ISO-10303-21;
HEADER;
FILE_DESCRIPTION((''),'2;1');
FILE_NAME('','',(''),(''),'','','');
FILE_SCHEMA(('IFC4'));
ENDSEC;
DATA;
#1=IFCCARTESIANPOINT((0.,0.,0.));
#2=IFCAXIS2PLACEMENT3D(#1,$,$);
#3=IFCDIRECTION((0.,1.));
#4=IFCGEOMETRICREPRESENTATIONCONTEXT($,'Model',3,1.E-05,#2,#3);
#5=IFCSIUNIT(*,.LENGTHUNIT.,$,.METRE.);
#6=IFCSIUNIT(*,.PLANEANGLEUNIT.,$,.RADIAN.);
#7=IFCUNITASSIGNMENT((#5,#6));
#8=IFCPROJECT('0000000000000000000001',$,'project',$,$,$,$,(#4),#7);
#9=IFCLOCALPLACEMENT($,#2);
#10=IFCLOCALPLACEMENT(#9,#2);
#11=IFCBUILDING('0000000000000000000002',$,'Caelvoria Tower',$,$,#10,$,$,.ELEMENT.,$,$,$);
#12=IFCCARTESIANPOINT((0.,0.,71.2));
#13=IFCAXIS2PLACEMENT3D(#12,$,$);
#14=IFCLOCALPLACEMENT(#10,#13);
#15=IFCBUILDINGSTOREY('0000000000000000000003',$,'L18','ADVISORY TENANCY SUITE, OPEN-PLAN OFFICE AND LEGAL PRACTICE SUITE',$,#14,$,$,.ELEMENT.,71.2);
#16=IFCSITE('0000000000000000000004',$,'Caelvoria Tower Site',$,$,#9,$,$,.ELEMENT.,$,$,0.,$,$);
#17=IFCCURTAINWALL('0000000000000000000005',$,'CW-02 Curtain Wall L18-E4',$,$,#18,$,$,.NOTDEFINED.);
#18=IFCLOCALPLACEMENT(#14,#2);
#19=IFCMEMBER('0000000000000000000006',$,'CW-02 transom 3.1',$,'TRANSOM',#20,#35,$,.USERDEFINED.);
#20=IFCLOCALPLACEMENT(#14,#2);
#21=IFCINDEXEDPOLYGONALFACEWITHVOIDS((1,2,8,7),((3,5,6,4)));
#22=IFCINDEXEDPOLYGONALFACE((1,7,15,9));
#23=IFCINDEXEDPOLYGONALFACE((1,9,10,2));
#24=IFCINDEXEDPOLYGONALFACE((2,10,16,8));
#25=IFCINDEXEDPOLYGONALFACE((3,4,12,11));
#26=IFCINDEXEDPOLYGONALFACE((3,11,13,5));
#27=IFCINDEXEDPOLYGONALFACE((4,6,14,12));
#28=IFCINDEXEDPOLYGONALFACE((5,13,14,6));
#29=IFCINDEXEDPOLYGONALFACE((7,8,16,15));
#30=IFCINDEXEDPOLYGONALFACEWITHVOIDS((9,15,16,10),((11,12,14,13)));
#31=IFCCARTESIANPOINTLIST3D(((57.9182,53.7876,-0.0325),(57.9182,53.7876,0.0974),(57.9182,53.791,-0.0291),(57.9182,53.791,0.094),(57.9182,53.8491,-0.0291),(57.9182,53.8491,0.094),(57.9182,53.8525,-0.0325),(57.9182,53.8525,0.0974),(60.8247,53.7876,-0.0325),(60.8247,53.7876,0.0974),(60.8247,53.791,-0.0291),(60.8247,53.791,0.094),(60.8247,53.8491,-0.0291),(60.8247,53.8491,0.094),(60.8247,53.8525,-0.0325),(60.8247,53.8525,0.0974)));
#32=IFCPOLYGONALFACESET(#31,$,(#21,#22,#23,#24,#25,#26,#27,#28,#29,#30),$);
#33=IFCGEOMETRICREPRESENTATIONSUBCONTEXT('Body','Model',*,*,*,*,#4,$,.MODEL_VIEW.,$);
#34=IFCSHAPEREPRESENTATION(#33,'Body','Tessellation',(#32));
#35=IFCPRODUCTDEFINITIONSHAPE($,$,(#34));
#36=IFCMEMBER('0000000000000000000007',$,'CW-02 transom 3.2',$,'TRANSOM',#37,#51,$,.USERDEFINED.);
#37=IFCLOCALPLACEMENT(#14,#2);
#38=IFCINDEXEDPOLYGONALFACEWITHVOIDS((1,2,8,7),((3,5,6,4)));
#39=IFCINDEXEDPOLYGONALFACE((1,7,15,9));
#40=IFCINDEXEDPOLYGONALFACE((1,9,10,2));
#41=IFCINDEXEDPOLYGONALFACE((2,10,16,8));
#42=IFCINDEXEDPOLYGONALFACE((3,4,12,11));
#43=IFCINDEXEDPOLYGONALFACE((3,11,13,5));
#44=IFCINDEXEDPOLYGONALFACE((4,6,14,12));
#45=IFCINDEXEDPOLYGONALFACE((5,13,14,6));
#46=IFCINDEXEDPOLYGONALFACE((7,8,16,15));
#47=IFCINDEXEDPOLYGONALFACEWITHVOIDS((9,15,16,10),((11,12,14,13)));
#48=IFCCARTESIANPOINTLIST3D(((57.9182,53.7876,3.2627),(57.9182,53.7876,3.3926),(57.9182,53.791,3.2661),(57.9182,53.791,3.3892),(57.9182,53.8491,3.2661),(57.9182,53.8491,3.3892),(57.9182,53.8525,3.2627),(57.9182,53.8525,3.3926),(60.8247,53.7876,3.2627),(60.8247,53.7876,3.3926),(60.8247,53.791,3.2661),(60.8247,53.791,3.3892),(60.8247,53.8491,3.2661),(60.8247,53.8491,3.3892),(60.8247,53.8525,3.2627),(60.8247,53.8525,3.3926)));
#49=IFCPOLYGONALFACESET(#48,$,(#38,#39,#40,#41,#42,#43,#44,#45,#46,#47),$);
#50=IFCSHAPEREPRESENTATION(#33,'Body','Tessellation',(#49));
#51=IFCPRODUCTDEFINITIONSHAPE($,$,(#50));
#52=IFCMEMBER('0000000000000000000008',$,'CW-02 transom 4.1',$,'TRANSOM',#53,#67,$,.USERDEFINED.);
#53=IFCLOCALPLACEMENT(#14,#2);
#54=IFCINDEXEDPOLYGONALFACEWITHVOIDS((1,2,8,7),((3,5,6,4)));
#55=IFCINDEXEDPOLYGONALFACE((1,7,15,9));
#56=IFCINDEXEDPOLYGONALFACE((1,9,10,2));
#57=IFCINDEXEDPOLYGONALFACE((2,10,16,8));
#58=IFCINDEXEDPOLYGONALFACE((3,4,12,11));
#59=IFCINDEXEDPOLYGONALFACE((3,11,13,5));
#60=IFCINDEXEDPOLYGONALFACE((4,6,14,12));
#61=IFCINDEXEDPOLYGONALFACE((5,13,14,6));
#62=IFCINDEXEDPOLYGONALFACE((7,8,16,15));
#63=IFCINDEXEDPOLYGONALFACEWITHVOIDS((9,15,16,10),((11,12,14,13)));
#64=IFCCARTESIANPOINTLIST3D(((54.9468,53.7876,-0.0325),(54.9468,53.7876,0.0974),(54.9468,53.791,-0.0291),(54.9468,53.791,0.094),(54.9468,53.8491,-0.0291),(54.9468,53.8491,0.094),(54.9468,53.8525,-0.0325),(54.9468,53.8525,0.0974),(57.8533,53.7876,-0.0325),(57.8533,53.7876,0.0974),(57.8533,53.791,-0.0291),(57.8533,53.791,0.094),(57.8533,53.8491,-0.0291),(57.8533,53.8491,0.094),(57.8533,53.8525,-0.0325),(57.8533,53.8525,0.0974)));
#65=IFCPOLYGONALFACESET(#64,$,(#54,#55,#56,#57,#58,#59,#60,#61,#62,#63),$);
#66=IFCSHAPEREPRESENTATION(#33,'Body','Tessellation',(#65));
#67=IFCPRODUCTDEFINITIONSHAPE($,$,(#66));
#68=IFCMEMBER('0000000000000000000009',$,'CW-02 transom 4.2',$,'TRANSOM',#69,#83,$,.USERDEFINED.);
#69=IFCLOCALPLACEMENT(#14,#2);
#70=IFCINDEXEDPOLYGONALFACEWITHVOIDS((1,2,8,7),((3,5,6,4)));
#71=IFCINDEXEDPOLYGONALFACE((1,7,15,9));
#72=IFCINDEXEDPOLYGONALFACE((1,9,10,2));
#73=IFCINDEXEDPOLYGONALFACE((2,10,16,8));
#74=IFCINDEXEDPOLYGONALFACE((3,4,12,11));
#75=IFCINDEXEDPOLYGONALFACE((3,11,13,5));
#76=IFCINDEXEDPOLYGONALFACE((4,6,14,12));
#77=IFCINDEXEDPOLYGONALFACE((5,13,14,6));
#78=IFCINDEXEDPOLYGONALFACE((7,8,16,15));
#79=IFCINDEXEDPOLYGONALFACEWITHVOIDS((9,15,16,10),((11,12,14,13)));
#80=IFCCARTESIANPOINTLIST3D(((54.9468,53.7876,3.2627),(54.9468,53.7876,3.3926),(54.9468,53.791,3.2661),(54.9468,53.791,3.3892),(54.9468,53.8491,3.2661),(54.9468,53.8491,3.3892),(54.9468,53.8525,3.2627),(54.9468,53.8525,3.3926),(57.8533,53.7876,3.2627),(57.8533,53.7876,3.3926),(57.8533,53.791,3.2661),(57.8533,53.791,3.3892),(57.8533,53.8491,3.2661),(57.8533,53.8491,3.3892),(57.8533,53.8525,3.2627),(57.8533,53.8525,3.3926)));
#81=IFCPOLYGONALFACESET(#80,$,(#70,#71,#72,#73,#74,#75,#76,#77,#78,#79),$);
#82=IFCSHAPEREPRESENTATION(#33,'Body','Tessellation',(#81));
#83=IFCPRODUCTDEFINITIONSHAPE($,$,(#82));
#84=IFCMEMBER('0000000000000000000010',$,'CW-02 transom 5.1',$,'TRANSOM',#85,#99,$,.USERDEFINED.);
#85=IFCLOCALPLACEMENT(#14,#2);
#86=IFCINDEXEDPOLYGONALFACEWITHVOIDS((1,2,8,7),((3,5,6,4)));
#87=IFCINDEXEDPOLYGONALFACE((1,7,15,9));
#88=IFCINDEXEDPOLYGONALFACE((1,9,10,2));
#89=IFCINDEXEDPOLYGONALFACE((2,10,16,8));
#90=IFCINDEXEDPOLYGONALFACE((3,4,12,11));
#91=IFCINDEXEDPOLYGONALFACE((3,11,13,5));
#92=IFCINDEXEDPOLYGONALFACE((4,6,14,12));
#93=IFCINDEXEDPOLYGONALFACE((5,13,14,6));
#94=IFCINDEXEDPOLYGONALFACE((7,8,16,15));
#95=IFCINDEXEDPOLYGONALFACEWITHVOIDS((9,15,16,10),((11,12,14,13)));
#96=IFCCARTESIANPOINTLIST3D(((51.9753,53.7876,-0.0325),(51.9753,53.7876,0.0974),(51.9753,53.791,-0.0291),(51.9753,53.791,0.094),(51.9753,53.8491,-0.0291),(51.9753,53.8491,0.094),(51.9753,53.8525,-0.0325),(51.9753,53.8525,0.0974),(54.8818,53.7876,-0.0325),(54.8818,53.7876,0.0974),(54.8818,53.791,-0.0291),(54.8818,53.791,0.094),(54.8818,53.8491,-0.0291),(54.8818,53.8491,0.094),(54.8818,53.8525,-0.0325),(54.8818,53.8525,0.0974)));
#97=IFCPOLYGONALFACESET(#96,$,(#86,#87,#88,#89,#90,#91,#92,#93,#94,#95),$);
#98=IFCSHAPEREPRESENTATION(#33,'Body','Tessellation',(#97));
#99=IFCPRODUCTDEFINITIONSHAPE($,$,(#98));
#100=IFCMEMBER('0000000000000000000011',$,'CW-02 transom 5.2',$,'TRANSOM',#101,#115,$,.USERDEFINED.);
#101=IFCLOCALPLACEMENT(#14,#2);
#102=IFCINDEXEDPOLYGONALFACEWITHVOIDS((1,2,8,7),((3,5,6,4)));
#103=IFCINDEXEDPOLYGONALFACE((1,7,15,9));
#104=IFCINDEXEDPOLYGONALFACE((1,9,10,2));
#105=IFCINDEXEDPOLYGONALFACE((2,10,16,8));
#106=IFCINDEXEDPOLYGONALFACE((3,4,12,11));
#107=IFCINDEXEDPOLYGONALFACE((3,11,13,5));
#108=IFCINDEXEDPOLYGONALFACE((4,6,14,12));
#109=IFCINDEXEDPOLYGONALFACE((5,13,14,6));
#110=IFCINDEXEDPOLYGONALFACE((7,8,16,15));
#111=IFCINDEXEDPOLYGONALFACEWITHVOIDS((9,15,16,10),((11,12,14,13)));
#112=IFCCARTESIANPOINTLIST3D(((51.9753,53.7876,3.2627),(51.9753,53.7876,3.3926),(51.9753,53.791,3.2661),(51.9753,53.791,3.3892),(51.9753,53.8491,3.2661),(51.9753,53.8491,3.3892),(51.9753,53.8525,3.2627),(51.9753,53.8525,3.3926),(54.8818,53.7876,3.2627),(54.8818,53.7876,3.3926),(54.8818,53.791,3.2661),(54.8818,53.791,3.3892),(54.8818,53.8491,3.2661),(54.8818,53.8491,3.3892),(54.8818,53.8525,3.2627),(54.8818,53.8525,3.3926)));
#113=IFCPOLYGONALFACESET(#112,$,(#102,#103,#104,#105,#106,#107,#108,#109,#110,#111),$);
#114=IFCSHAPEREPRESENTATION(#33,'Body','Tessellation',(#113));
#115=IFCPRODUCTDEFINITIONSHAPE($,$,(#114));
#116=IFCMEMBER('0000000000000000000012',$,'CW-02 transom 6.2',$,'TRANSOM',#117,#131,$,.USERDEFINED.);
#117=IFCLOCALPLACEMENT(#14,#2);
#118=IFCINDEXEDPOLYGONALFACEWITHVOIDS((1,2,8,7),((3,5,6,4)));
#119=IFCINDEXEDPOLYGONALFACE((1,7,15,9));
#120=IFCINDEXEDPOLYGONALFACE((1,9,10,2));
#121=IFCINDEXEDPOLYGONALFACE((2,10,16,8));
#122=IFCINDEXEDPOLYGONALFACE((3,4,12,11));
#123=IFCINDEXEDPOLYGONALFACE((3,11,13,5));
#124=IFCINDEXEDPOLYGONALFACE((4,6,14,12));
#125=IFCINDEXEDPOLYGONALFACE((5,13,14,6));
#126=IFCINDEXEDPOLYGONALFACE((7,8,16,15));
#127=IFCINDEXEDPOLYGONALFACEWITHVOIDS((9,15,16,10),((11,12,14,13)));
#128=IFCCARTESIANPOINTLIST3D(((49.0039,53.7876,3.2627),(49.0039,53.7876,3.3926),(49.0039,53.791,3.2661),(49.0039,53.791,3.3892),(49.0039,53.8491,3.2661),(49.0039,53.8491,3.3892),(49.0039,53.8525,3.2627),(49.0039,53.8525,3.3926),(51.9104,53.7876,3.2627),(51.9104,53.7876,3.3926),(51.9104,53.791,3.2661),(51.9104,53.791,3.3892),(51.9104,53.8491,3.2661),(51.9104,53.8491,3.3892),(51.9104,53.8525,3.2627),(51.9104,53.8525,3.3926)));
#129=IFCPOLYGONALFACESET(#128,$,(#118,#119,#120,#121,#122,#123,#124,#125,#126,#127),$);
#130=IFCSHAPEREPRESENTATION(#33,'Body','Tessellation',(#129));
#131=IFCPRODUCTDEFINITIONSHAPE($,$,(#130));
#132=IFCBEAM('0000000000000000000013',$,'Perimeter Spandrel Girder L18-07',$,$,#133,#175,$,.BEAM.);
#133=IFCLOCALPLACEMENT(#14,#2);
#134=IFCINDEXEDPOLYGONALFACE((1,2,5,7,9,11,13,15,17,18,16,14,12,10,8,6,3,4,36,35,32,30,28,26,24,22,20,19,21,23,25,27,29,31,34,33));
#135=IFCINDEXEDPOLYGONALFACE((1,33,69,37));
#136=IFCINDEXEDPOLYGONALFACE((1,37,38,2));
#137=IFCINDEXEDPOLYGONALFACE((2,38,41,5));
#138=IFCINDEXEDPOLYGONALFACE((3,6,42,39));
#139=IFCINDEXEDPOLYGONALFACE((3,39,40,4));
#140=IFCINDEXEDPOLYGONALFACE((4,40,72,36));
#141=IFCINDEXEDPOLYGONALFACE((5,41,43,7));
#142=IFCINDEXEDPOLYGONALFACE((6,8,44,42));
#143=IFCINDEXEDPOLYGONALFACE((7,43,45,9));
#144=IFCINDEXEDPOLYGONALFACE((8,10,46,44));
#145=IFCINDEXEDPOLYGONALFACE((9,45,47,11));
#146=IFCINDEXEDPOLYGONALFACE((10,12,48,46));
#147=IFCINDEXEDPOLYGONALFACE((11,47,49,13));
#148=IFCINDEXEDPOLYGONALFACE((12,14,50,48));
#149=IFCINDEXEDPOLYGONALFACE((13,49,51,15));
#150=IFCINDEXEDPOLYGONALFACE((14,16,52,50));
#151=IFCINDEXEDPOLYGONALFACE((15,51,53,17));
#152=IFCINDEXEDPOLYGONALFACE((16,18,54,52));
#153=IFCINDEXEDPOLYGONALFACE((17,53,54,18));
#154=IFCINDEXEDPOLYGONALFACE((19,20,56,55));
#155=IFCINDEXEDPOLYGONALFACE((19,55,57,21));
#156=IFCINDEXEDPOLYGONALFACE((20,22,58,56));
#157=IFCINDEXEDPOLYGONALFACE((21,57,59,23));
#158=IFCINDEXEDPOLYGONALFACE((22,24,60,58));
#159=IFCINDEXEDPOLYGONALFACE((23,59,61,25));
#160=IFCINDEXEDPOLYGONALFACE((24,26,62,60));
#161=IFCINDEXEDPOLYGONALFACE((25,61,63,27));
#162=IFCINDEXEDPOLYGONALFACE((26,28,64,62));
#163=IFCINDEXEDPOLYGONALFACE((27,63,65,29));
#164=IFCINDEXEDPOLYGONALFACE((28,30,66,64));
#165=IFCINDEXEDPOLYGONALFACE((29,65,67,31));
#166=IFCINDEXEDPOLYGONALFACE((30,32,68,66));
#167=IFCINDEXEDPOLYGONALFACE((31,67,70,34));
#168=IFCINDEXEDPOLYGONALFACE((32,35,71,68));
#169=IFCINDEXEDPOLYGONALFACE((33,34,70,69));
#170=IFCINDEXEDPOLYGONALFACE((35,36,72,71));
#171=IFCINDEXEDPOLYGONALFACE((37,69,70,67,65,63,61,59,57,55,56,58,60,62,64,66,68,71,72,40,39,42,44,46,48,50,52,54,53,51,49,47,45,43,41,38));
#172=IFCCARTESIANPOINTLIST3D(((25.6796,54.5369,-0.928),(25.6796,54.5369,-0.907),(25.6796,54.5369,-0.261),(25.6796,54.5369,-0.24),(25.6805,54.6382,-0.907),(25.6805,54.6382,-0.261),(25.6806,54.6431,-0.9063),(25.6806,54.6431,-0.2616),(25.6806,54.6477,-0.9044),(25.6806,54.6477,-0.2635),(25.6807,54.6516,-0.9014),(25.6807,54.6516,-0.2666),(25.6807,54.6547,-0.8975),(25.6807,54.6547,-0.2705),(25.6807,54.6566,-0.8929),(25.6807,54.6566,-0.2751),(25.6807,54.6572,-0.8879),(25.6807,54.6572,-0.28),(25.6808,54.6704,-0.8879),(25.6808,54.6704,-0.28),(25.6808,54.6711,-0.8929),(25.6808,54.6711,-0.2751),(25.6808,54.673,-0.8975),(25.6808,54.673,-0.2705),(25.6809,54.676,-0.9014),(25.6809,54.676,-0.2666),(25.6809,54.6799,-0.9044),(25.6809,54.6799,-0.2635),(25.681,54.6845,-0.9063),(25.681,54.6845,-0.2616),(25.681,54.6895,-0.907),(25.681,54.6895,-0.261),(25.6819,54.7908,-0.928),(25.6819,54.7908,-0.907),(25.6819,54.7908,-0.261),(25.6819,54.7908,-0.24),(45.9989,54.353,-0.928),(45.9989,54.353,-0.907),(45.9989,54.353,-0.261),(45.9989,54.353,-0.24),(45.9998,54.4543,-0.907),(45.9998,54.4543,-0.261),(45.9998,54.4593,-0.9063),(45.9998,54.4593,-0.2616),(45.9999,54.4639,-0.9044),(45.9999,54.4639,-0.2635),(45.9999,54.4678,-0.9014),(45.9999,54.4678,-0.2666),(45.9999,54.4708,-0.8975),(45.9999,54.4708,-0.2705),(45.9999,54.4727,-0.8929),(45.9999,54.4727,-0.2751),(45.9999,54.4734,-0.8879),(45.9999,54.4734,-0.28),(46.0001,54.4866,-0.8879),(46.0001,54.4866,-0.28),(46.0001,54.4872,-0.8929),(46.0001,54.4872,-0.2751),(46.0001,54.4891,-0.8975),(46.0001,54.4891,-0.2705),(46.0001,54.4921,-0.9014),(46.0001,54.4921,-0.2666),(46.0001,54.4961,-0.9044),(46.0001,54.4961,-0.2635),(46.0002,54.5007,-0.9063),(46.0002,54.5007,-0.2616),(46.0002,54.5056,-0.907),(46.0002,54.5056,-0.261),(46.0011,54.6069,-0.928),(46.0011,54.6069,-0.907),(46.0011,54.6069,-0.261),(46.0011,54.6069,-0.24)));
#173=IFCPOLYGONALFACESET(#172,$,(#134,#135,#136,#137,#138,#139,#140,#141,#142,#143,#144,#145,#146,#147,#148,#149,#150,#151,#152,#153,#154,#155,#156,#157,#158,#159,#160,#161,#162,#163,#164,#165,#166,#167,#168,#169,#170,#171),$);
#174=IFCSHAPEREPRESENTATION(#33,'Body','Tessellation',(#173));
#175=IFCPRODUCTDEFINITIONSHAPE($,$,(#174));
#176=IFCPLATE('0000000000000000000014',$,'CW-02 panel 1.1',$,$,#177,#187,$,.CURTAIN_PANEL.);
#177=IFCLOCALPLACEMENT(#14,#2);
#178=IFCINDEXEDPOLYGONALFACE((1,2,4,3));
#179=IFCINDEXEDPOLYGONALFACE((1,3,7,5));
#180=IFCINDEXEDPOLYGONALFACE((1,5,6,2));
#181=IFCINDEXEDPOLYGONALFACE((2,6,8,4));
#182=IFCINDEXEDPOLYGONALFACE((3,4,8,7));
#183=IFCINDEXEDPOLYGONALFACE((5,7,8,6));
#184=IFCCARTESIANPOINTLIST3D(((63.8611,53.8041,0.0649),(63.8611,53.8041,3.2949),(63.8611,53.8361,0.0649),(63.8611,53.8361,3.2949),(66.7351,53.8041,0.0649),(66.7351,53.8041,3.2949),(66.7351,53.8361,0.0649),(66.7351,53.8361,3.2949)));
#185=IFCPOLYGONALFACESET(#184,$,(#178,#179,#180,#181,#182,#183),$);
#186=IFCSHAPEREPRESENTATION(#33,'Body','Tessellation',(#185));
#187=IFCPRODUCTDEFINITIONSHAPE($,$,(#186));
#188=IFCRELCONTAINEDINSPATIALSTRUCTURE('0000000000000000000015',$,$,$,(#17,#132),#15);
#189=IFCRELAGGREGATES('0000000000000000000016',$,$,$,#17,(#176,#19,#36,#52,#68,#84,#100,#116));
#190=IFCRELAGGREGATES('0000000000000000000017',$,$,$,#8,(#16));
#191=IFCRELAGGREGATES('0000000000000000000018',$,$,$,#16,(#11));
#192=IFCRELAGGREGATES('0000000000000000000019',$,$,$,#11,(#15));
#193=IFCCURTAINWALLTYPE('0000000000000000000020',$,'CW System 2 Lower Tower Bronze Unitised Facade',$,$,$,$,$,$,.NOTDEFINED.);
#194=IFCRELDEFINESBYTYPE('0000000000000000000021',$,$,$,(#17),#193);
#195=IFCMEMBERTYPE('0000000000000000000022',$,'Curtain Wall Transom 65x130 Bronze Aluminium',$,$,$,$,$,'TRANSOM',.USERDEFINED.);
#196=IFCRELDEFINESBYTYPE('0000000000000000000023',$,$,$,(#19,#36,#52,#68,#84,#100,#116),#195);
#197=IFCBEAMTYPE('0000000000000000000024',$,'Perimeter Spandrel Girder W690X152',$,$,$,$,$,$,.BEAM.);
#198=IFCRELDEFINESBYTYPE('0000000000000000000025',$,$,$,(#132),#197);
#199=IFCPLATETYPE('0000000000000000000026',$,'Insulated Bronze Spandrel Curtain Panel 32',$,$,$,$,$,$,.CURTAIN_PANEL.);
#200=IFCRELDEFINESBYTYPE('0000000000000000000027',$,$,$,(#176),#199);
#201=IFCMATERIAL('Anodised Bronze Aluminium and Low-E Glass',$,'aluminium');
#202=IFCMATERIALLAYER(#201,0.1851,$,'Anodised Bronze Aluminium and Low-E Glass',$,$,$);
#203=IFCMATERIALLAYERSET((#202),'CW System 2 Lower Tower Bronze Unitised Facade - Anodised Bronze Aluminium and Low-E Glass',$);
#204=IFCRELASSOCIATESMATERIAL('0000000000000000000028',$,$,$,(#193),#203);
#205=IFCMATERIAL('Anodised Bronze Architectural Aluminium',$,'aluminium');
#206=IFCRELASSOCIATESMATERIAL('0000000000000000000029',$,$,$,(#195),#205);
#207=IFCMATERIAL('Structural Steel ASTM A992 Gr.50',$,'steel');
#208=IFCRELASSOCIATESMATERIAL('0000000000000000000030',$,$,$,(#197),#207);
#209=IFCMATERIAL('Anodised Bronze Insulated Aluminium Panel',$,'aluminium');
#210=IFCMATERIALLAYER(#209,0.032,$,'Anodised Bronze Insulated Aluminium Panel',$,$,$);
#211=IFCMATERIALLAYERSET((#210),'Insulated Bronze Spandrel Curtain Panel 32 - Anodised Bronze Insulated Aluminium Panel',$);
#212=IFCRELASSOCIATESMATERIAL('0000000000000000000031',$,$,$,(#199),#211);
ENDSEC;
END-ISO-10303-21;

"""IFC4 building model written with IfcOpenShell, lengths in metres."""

from ifc_helpers import new_model, si_unit, direction, frame, origin, origin_2d, place, context, subcontext, project, spatial, rectangle, hollow_rectangle, i_section, extrude, material, layer, layer_set, material_profile, profile_set, type_object, element, aggregate, save


model = new_model("IFC4")

# Units and contexts
model_context = context("Model", 3, precision=1e-05, world=origin(), true_north=direction((0.0, 1.0)))
body_context = subcontext(model_context, "Body", "Model", "MODEL_VIEW")
ifc_project = project(units=[si_unit("LENGTHUNIT", "METRE"), si_unit("PLANEANGLEUNIT", "RADIAN")], contexts=[model_context])

# Site, building, storey
site_placement = place(None, origin())
site = spatial("IfcSite", under=ifc_project, at=site_placement, Name="Caelvoria Tower Site", CompositionType="ELEMENT", RefElevation=0.0)
building_placement = place(site_placement, origin())
building = spatial("IfcBuilding", under=site, at=building_placement, Name="Caelvoria Tower", CompositionType="ELEMENT")
storey_placement = place(building_placement, frame((0.0, 0.0, 71.2)))
storey = spatial("IfcBuildingStorey", under=building, at=storey_placement, Name="L18", Description="ADVISORY TENANCY SUITE, OPEN-PLAN OFFICE AND LEGAL PRACTICE SUITE", CompositionType="ELEMENT", Elevation=71.2)

# Shared definitions
ifc_material_1 = material(Name="Anodised Bronze Aluminium and Low-E Glass", Category="aluminium")
ifc_layer_1 = layer(ifc_material_1, 0.1851, Name="Anodised Bronze Aluminium and Low-E Glass")
ifc_layer_set_1 = layer_set([ifc_layer_1], Name="CW System 2 Lower Tower Bronze Unitised Facade - Anodised Bronze Aluminium and Low-E Glass")
curtain_wall_type = type_object("IfcCurtainWallType", Name="CW System 2 Lower Tower Bronze Unitised Facade", PredefinedType="NOTDEFINED", material=ifc_layer_set_1)
ifc_material_2 = material(Name="Anodised Bronze Architectural Aluminium", Category="aluminium")

# Curtain wall, members
curtain_wall_1_placement = place(storey_placement, origin())
curtain_wall_1 = element("IfcCurtainWall", 1, at=curtain_wall_1_placement, inside=storey, type_object=curtain_wall_type, Name="CW-02 Curtain Wall L18-E4", PredefinedType="NOTDEFINED")
ifc_material_profile_1 = material_profile(ifc_material_2, hollow_rectangle(XDim=0.0649, YDim=0.1299, WallThickness=0.0034, at=origin_2d()), Name="Anodised Bronze Architectural Aluminium")
ifc_profile_set_1 = profile_set([ifc_material_profile_1], Name="CW_TRAN_65X130 - Anodised Bronze Architectural Aluminium")
member_type_1 = type_object("IfcMemberType", Name="Curtain Wall Transom 65x130 Bronze Aluminium", ElementType="TRANSOM", PredefinedType="USERDEFINED", material=ifc_profile_set_1)
member_1_placement = place(storey_placement, frame((60.8247, 53.8201, 0.0325), z_axis=(-1.0, 0.0, 0.0), x_axis=(0.0, -1.0, 0.0)))
member_1 = element("IfcMember", 2, at=member_1_placement, type_object=member_type_1, Name="CW-02 transom 3.1", ObjectType="TRANSOM", PredefinedType="USERDEFINED", context=body_context, shape_type="SweptSolid", body=[
    extrude(hollow_rectangle(XDim=0.0649, YDim=0.1299, WallThickness=0.0034, at=origin_2d()), origin(), (0.0, 0.0, 1.0), 2.9065),
])
member_2_placement = place(storey_placement, frame((60.8247, 53.8201, 3.3276), z_axis=(-1.0, 0.0, 0.0), x_axis=(0.0, -1.0, 0.0)))
member_2 = element("IfcMember", 3, at=member_2_placement, type_object=member_type_1, Name="CW-02 transom 3.2", ObjectType="TRANSOM", PredefinedType="USERDEFINED", context=body_context, shape_type="SweptSolid", body=[
    extrude(hollow_rectangle(XDim=0.0649, YDim=0.1299, WallThickness=0.0034, at=origin_2d()), origin(), (0.0, 0.0, 1.0), 2.9065),
])
member_3_placement = place(storey_placement, frame((57.8533, 53.8201, 0.0325), z_axis=(-1.0, 0.0, 0.0), x_axis=(0.0, -1.0, 0.0)))
member_3 = element("IfcMember", 4, at=member_3_placement, type_object=member_type_1, Name="CW-02 transom 4.1", ObjectType="TRANSOM", PredefinedType="USERDEFINED", context=body_context, shape_type="SweptSolid", body=[
    extrude(hollow_rectangle(XDim=0.0649, YDim=0.1299, WallThickness=0.0034, at=origin_2d()), origin(), (0.0, 0.0, 1.0), 2.9065),
])
member_4_placement = place(storey_placement, frame((57.8533, 53.8201, 3.3276), z_axis=(-1.0, 0.0, 0.0), x_axis=(0.0, -1.0, 0.0)))
member_4 = element("IfcMember", 5, at=member_4_placement, type_object=member_type_1, Name="CW-02 transom 4.2", ObjectType="TRANSOM", PredefinedType="USERDEFINED", context=body_context, shape_type="SweptSolid", body=[
    extrude(hollow_rectangle(XDim=0.0649, YDim=0.1299, WallThickness=0.0034, at=origin_2d()), origin(), (0.0, 0.0, 1.0), 2.9065),
])
member_5_placement = place(storey_placement, frame((54.8818, 53.8201, 0.0325), z_axis=(-1.0, 0.0, 0.0), x_axis=(0.0, -1.0, 0.0)))
member_5 = element("IfcMember", 6, at=member_5_placement, type_object=member_type_1, Name="CW-02 transom 5.1", ObjectType="TRANSOM", PredefinedType="USERDEFINED", context=body_context, shape_type="SweptSolid", body=[
    extrude(hollow_rectangle(XDim=0.0649, YDim=0.1299, WallThickness=0.0034, at=origin_2d()), origin(), (0.0, 0.0, 1.0), 2.9065),
])
member_6_placement = place(storey_placement, frame((54.8818, 53.8201, 3.3276), z_axis=(-1.0, 0.0, 0.0), x_axis=(0.0, -1.0, 0.0)))
member_6 = element("IfcMember", 7, at=member_6_placement, type_object=member_type_1, Name="CW-02 transom 5.2", ObjectType="TRANSOM", PredefinedType="USERDEFINED", context=body_context, shape_type="SweptSolid", body=[
    extrude(hollow_rectangle(XDim=0.0649, YDim=0.1299, WallThickness=0.0034, at=origin_2d()), origin(), (0.0, 0.0, 1.0), 2.9065),
])
member_7_placement = place(storey_placement, frame((51.9104, 53.8201, 3.3276), z_axis=(-1.0, 0.0, 0.0), x_axis=(0.0, -1.0, 0.0)))
member_7 = element("IfcMember", 8, at=member_7_placement, type_object=member_type_1, Name="CW-02 transom 6.2", ObjectType="TRANSOM", PredefinedType="USERDEFINED", context=body_context, shape_type="SweptSolid", body=[
    extrude(hollow_rectangle(XDim=0.0649, YDim=0.1299, WallThickness=0.0034, at=origin_2d()), origin(), (0.0, 0.0, 1.0), 2.9065),
])

# Beam
ifc_material_3 = material(Name="Structural Steel ASTM A992 Gr.50", Category="steel")
ifc_material_profile_2 = material_profile(ifc_material_3, i_section(OverallWidth=0.2539, OverallDepth=0.688, WebThickness=0.0132, FlangeThickness=0.021, FilletRadius=0.019, at=origin_2d()), Name="Structural Steel ASTM A992 Gr.50")
ifc_profile_set_2 = profile_set([ifc_material_profile_2], Name="W690X152 - Structural Steel ASTM A992 Gr.50")
beam_type = type_object("IfcBeamType", Name="Perimeter Spandrel Girder W690X152", PredefinedType="BEAM", material=ifc_profile_set_2)
beam_placement = place(storey_placement, frame((46.0, 54.48, -0.584), z_axis=(-0.999959, 0.009047, 0.0), x_axis=(-0.009047, -0.999959, 0.0)))
element("IfcBeam", 9, at=beam_placement, inside=storey, type_object=beam_type, Name="Perimeter Spandrel Girder L18-07", PredefinedType="BEAM", context=body_context, shape_type="SweptSolid", body=[
    extrude(i_section(OverallWidth=0.2539, OverallDepth=0.688, WebThickness=0.0132, FlangeThickness=0.021, FilletRadius=0.019, at=origin_2d()), origin(), (0.0, 0.0, 1.0), 20.3201),
])

# Plate
ifc_material_4 = material(Name="Anodised Bronze Insulated Aluminium Panel", Category="aluminium")
ifc_layer_2 = layer(ifc_material_4, 0.032, Name="Anodised Bronze Insulated Aluminium Panel")
ifc_layer_set_2 = layer_set([ifc_layer_2], Name="Insulated Bronze Spandrel Curtain Panel 32 - Anodised Bronze Insulated Aluminium Panel")
plate_type = type_object("IfcPlateType", Name="Insulated Bronze Spandrel Curtain Panel 32", PredefinedType="CURTAIN_PANEL", material=ifc_layer_set_2)
plate_1_placement = place(storey_placement, frame((65.2981, 53.8201, 0.0649), z_axis=(0.0, 0.0, 1.0), x_axis=(-1.0, 0.0, 0.0)))
plate_1 = element("IfcPlate", 10, at=plate_1_placement, type_object=plate_type, Name="CW-02 panel 1.1", PredefinedType="CURTAIN_PANEL", context=body_context, shape_type="SweptSolid", body=[
    extrude(rectangle(XDim=2.874, YDim=0.032, at=origin_2d()), origin(), (0.0, 0.0, 1.0), 3.23),
])
aggregate(curtain_wall_1, [plate_1, member_1, member_2, member_3, member_4, member_5, member_6, member_7])

save(model, "model.ifc")
